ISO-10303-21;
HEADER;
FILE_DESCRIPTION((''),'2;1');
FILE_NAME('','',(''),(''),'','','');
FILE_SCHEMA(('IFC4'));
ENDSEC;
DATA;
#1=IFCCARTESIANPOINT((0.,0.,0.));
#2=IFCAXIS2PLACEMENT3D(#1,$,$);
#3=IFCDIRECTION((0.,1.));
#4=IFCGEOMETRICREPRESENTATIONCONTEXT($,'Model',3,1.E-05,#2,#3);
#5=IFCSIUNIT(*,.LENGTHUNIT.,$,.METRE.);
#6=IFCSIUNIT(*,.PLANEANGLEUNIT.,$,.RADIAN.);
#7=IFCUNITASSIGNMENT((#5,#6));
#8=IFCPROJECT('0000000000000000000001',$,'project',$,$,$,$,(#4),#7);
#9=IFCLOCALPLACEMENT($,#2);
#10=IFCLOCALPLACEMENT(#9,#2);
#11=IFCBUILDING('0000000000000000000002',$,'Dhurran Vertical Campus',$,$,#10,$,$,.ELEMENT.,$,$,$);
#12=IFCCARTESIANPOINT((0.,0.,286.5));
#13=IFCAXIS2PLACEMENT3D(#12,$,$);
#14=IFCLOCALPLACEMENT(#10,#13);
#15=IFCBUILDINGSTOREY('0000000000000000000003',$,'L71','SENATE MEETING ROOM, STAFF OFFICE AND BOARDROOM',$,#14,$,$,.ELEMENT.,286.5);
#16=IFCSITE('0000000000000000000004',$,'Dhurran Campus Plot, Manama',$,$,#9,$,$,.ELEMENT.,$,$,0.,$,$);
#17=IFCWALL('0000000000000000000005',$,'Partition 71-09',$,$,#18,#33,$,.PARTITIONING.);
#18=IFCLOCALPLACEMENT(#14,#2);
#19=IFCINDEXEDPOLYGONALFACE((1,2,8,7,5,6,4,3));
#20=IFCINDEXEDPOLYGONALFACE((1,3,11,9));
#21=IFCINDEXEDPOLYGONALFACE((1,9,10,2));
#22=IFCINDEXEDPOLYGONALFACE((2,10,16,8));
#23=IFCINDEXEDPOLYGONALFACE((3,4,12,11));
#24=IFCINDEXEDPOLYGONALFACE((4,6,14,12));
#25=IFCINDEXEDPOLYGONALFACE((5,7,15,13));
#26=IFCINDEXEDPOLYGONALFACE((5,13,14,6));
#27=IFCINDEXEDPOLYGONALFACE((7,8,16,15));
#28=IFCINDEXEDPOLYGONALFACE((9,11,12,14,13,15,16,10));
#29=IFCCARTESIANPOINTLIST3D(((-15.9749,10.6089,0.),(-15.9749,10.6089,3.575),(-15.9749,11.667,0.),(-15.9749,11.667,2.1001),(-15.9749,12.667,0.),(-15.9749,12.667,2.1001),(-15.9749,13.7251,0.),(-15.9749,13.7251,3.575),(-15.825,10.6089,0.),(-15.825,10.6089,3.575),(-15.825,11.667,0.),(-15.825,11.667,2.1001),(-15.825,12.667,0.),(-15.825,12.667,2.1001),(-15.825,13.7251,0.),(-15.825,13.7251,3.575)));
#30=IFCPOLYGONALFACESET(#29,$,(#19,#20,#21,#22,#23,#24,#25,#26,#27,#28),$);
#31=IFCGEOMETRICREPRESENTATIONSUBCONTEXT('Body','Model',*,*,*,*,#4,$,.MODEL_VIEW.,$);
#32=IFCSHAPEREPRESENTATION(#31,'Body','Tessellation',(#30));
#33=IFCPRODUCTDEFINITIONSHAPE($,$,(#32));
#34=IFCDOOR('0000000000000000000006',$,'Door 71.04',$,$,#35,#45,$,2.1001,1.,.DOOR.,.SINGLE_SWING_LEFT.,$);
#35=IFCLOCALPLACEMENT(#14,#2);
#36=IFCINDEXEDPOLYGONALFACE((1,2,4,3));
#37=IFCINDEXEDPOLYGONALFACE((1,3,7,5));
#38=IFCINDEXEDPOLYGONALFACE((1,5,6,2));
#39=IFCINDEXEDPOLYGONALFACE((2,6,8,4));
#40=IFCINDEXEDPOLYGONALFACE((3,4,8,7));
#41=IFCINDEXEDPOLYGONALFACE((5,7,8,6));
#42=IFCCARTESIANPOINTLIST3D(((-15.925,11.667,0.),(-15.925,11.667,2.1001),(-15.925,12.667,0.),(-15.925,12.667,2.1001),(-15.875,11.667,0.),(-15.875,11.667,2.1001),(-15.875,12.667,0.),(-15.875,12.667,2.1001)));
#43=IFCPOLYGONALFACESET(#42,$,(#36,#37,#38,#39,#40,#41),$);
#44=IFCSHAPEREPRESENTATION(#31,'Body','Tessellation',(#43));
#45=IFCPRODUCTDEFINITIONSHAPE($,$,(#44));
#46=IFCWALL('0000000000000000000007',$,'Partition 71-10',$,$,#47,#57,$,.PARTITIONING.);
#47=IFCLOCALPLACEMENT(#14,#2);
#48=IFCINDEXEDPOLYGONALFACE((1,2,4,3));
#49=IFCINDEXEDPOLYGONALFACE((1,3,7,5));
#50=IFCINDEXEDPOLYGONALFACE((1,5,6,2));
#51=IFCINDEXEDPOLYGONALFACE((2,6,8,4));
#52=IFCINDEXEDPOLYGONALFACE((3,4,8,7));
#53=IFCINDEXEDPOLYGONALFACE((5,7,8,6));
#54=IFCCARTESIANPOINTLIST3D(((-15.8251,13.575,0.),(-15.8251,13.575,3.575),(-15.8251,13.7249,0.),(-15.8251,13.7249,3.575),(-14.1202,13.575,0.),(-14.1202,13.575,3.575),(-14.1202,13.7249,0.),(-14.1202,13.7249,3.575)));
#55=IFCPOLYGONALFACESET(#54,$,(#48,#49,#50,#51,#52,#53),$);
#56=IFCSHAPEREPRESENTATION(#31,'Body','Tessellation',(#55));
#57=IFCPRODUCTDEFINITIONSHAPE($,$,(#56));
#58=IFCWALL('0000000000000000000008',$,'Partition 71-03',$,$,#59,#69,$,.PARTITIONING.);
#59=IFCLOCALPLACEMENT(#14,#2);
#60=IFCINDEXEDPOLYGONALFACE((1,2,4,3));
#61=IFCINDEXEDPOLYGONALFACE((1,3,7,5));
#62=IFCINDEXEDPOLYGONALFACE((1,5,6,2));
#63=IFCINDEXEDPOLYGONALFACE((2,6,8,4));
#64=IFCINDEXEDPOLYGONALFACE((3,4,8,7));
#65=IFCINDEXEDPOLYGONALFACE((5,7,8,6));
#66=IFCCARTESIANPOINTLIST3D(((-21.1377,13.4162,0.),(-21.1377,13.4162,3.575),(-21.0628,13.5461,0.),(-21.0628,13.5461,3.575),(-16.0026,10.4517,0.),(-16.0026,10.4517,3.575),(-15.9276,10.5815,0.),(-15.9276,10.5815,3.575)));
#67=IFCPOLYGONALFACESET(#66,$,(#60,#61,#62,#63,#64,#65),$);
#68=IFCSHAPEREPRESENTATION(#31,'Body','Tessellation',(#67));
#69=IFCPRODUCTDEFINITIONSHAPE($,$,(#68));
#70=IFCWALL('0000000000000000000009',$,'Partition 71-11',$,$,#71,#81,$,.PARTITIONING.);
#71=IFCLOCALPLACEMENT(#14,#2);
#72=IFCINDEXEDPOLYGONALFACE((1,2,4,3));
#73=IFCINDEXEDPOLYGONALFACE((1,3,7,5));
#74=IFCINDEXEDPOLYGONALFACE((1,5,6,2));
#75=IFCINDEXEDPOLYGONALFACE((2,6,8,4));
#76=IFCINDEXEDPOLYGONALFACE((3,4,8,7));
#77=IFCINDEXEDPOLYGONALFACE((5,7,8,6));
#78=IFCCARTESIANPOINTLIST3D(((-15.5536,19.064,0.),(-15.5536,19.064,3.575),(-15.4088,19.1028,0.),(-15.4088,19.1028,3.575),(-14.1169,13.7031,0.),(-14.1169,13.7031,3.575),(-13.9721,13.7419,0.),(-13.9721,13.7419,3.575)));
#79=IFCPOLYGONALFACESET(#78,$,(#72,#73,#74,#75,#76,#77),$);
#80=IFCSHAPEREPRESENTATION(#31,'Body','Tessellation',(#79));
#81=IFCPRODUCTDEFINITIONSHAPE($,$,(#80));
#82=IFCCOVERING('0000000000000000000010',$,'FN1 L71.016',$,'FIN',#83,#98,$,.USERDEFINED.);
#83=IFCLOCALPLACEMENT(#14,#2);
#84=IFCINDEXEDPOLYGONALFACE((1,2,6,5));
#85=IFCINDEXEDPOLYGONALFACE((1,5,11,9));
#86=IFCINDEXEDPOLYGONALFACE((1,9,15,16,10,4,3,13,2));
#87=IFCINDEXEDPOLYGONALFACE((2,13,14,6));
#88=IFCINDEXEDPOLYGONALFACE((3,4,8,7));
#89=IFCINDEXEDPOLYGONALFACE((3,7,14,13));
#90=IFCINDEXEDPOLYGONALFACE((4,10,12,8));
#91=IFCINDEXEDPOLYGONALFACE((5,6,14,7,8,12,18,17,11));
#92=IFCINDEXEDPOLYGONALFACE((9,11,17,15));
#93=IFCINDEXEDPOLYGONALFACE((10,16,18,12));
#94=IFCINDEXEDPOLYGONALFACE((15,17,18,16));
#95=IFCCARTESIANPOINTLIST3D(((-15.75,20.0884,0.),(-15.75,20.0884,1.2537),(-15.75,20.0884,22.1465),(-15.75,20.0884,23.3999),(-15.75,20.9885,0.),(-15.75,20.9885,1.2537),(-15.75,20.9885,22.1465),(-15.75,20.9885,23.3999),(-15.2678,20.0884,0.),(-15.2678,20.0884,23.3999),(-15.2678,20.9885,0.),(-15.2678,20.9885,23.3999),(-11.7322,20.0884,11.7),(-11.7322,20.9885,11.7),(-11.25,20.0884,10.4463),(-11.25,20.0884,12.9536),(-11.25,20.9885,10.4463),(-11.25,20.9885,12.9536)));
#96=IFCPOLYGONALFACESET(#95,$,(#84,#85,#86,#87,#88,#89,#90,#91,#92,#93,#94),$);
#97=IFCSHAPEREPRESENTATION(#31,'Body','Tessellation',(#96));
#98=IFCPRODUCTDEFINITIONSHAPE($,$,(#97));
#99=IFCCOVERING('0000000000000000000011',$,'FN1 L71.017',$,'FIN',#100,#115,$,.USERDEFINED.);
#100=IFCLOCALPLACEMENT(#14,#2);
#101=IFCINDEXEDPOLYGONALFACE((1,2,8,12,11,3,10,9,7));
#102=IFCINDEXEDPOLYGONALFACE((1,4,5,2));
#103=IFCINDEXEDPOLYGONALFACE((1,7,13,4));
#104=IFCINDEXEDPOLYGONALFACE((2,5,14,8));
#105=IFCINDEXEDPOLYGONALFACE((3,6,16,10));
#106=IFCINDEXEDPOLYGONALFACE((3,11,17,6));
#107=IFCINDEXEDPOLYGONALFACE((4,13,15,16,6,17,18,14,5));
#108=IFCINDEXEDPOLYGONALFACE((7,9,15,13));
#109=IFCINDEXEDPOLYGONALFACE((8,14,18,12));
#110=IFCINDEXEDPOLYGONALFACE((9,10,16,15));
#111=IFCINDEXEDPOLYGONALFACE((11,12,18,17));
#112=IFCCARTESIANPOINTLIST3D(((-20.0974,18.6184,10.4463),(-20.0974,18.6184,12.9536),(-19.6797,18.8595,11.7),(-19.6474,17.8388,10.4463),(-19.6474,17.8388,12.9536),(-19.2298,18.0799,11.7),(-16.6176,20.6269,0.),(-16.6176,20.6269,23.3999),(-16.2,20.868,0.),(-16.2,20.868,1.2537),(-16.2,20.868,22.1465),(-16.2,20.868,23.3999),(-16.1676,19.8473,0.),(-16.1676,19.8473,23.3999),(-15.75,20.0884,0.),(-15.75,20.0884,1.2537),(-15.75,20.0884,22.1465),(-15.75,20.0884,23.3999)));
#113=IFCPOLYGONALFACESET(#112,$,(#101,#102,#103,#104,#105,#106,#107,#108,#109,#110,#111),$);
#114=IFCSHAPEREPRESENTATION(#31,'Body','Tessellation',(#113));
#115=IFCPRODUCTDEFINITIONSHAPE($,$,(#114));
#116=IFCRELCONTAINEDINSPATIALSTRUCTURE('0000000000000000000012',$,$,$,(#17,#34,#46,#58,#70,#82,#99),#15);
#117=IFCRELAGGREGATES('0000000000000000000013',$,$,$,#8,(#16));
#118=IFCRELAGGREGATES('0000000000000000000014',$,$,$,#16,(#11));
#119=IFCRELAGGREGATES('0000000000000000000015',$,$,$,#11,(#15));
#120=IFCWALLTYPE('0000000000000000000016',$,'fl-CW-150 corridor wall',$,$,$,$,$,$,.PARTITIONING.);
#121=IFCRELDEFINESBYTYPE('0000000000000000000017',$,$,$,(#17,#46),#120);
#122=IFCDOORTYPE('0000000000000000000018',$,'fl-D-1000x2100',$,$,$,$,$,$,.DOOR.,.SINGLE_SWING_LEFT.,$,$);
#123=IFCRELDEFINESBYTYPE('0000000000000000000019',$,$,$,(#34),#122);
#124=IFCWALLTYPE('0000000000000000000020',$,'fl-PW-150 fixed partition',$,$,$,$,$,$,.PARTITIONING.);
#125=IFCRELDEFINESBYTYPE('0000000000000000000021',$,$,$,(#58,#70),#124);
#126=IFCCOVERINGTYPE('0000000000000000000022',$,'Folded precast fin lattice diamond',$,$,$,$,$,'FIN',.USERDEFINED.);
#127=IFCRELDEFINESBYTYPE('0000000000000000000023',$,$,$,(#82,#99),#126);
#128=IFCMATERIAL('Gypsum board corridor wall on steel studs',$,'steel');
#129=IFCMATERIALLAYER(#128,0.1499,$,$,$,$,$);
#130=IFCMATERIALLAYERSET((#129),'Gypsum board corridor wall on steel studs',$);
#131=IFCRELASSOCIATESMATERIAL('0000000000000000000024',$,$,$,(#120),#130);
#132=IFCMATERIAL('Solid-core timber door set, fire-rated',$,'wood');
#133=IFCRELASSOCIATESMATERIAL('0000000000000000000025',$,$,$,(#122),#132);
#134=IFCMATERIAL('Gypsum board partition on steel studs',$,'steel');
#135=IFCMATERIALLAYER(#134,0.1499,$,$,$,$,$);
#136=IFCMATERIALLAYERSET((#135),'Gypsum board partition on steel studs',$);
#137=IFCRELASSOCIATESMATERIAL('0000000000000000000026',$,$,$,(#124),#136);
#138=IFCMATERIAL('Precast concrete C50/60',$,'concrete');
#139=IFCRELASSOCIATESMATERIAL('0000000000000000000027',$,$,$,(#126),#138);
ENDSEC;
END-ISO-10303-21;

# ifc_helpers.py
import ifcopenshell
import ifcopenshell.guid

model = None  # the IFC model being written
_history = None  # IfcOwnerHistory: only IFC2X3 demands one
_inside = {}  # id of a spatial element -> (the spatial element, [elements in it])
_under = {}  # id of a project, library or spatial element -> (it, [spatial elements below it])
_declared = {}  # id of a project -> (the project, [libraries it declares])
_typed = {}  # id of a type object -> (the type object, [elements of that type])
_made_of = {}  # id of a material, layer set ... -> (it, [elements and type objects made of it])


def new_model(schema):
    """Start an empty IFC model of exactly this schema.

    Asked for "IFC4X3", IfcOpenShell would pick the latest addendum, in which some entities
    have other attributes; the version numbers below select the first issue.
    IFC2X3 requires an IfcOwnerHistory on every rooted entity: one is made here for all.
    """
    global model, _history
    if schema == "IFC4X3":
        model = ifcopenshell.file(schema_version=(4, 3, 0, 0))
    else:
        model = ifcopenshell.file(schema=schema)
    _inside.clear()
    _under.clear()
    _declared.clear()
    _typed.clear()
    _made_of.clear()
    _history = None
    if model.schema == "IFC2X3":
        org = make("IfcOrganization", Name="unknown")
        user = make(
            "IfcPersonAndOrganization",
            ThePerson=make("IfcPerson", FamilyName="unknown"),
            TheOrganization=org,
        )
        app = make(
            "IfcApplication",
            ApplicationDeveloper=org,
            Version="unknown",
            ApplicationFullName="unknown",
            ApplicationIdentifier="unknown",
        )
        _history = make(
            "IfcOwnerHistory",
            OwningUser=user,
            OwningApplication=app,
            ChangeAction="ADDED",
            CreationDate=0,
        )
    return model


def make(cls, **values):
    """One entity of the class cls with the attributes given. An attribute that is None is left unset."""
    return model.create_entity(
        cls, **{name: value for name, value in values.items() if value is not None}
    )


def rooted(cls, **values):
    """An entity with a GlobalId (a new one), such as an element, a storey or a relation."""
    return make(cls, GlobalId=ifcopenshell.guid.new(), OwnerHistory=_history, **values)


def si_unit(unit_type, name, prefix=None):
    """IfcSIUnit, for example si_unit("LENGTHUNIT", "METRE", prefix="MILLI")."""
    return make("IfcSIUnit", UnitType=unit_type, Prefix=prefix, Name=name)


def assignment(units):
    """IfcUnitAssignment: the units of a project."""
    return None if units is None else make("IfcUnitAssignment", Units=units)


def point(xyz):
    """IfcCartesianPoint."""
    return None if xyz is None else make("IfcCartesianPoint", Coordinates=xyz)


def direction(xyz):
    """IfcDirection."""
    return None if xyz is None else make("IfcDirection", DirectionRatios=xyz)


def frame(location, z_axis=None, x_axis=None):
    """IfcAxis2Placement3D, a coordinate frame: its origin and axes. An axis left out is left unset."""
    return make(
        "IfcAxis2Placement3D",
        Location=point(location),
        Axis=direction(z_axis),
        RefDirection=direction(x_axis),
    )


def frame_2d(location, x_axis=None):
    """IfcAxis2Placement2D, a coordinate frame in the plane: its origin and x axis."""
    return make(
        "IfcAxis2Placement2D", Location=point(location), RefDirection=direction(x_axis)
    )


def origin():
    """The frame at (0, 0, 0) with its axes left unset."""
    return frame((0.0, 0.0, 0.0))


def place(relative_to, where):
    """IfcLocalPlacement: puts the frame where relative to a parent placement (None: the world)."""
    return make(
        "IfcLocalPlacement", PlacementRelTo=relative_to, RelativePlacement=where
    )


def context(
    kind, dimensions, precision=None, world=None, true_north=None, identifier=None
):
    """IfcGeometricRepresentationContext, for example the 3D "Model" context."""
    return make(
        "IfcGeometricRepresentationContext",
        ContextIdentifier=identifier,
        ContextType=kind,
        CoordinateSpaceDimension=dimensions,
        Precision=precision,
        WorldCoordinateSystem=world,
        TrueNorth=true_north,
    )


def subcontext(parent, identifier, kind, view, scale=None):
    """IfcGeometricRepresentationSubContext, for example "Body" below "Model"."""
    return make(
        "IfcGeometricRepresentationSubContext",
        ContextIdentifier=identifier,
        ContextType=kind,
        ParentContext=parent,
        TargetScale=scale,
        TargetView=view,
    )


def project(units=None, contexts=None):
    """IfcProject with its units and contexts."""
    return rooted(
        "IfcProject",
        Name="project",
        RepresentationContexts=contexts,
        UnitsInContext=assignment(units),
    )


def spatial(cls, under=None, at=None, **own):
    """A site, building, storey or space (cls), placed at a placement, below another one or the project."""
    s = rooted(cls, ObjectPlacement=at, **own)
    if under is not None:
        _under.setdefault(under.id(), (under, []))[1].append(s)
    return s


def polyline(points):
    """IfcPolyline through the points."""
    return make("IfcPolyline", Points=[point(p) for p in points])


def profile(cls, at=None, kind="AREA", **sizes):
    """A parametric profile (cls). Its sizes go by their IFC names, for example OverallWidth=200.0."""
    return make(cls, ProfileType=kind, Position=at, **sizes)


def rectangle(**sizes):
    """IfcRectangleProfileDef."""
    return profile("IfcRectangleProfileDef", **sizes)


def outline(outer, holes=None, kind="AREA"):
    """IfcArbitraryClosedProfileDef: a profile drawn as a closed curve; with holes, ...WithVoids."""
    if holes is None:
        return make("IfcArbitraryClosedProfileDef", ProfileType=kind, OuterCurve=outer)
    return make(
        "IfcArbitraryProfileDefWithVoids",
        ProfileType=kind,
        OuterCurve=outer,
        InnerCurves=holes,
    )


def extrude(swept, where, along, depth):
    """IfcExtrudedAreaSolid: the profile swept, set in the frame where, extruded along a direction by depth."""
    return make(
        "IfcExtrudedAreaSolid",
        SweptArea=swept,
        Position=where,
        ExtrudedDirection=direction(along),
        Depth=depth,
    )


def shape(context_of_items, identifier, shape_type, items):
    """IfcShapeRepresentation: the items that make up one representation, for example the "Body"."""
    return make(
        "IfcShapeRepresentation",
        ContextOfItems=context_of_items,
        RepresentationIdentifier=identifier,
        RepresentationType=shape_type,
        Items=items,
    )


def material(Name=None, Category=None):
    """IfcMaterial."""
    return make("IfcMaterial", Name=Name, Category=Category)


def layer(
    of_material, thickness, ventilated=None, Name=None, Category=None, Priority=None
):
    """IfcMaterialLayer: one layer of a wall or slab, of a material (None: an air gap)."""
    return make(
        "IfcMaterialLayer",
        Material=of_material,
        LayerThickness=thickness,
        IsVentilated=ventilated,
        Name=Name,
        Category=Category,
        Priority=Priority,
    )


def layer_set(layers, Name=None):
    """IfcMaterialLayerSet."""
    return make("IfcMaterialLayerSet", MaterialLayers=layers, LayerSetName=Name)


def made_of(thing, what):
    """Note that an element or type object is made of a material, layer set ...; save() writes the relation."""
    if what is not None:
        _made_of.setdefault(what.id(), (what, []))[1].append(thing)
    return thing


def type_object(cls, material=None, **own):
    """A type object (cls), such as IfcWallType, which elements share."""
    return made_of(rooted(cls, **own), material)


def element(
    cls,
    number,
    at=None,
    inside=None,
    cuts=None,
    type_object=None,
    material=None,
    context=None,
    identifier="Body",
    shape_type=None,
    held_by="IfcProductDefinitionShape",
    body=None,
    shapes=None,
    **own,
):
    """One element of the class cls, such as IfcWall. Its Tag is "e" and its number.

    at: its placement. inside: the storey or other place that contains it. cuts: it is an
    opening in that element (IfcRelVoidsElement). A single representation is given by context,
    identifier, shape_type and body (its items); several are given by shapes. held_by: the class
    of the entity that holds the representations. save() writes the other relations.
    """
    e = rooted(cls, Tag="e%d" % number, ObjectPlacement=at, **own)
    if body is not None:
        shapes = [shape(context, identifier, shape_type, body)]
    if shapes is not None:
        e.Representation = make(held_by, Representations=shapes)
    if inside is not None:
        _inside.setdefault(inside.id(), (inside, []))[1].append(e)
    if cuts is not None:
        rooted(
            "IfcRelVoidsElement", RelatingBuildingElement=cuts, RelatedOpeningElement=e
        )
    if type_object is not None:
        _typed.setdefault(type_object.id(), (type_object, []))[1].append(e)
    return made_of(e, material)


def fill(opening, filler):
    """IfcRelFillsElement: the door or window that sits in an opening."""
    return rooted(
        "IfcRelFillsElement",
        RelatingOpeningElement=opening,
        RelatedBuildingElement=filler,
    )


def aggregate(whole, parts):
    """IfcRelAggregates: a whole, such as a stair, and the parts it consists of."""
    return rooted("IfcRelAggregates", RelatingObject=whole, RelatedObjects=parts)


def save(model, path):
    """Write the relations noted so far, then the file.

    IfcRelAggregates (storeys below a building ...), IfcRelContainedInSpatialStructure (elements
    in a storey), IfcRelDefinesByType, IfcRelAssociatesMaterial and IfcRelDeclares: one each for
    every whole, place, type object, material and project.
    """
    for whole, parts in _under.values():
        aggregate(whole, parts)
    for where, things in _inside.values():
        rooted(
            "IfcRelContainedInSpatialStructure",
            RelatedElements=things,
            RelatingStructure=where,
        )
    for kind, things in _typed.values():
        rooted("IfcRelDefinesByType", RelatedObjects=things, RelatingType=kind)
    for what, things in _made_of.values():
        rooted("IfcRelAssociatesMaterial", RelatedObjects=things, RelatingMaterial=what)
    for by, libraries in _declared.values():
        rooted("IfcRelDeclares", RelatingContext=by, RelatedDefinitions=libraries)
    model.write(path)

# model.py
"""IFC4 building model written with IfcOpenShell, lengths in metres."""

from ifc_helpers import new_model, si_unit, direction, frame, frame_2d, origin, place, context, subcontext, project, spatial, polyline, rectangle, outline, extrude, material, layer, layer_set, type_object, element, fill, save


model = new_model("IFC4")

# Units and contexts
model_context = context("Model", 3, precision=1e-05, world=origin(), true_north=direction((0.0, 1.0)))
body_context = subcontext(model_context, "Body", "Model", "MODEL_VIEW")
ifc_project = project(units=[si_unit("LENGTHUNIT", "METRE"), si_unit("PLANEANGLEUNIT", "RADIAN")], contexts=[model_context])

# Site, building, storey
site_placement = place(None, origin())
site = spatial("IfcSite", under=ifc_project, at=site_placement, Name="Dhurran Campus Plot, Manama", CompositionType="ELEMENT", RefElevation=0.0)
building_placement = place(site_placement, origin())
building = spatial("IfcBuilding", under=site, at=building_placement, Name="Dhurran Vertical Campus", CompositionType="ELEMENT")
storey_placement = place(building_placement, frame((0.0, 0.0, 286.5)))
storey = spatial("IfcBuildingStorey", under=building, at=storey_placement, Name="L71", Description="SENATE MEETING ROOM, STAFF OFFICE AND BOARDROOM", CompositionType="ELEMENT", Elevation=286.5)

# Wall, opening, door
ifc_material_1 = material(Name="Gypsum board corridor wall on steel studs", Category="steel")
ifc_layer_1 = layer(ifc_material_1, 0.1499)
ifc_layer_set_1 = layer_set([ifc_layer_1], Name="Gypsum board corridor wall on steel studs")
wall_type_1 = type_object("IfcWallType", Name="fl-CW-150 corridor wall", PredefinedType="PARTITIONING", material=ifc_layer_set_1)
wall_1_placement = place(storey_placement, frame((-15.8999, 13.7251, 0.0), z_axis=(0.0, 0.0, 1.0), x_axis=(0.0, -1.0, 0.0)))
wall_1 = element("IfcWall", 1, at=wall_1_placement, inside=storey, type_object=wall_type_1, Name="Partition 71-09", PredefinedType="PARTITIONING", context=body_context, shape_type="SweptSolid", body=[
    extrude(rectangle(XDim=3.1162, YDim=0.1499, at=frame_2d((1.5581, 0.0))), origin(), (0.0, 0.0, 1.0), 3.575),
])
opening_1_placement = place(wall_1_placement, frame((1.0581, 0.0, 0.0)))
opening_1 = element("IfcOpeningElement", 2, at=opening_1_placement, cuts=wall_1, PredefinedType="OPENING", context=body_context, shape_type="SweptSolid", body=[
    extrude(rectangle(XDim=1.0, YDim=2.1001, at=frame_2d((0.5, 1.05))), frame((0.0, 0.085, 0.0), z_axis=(0.0, -1.0, 0.0), x_axis=(1.0, 0.0, 0.0)), (0.0, 0.0, 1.0), 0.1699),
])
ifc_material_2 = material(Name="Solid-core timber door set, fire-rated", Category="wood")
door_type = type_object("IfcDoorType", Name="fl-D-1000x2100", OperationType="SINGLE_SWING_LEFT", PredefinedType="DOOR", material=ifc_material_2)
door_placement = place(opening_1_placement, origin())
door = element("IfcDoor", 3, at=door_placement, inside=storey, type_object=door_type, Name="Door 71.04", OperationType="SINGLE_SWING_LEFT", OverallHeight=2.1001, OverallWidth=1.0, PredefinedType="DOOR", context=body_context, shape_type="SweptSolid", body=[
    extrude(rectangle(XDim=1.0, YDim=2.1001, at=frame_2d((0.5, 1.05))), frame((0.0, 0.0249, 0.0), z_axis=(0.0, -1.0, 0.0), x_axis=(1.0, 0.0, 0.0)), (0.0, 0.0, 1.0), 0.05),
])
fill(opening_1, door)

# Walls
wall_2_placement = place(storey_placement, frame((-14.1201, 13.6499, 0.0), z_axis=(0.0, 0.0, 1.0), x_axis=(-1.0, 0.0, 0.0)))
element("IfcWall", 4, at=wall_2_placement, inside=storey, type_object=wall_type_1, Name="Partition 71-10", PredefinedType="PARTITIONING", context=body_context, shape_type="SweptSolid", body=[
    extrude(rectangle(XDim=1.7048, YDim=0.1499, at=frame_2d((0.8525, 0.0))), origin(), (0.0, 0.0, 1.0), 3.575),
])
ifc_material_3 = material(Name="Gypsum board partition on steel studs", Category="steel")
ifc_layer_2 = layer(ifc_material_3, 0.1499)
ifc_layer_set_2 = layer_set([ifc_layer_2], Name="Gypsum board partition on steel studs")
wall_type_2 = type_object("IfcWallType", Name="fl-PW-150 fixed partition", PredefinedType="PARTITIONING", material=ifc_layer_set_2)
wall_3_placement = place(storey_placement, frame((-21.1003, 13.4812, 0.0), z_axis=(0.0, 0.0, 1.0), x_axis=(0.866043, -0.49997, 0.0)))
element("IfcWall", 5, at=wall_3_placement, inside=storey, type_object=wall_type_2, Name="Partition 71-03", PredefinedType="PARTITIONING", context=body_context, shape_type="SweptSolid", body=[
    extrude(rectangle(XDim=5.9294, YDim=0.1499, at=frame_2d((2.9648, 0.0))), origin(), (0.0, 0.0, 1.0), 3.575),
])
wall_4_placement = place(storey_placement, frame((-15.4812, 19.0833, 0.0), z_axis=(0.0, 0.0, 1.0), x_axis=(0.258875, -0.965911, 0.0)))
element("IfcWall", 6, at=wall_4_placement, inside=storey, type_object=wall_type_2, Name="Partition 71-11", PredefinedType="PARTITIONING", context=body_context, shape_type="SweptSolid", body=[
    extrude(rectangle(XDim=5.55, YDim=0.1499, at=frame_2d((2.7749, 0.0))), origin(), (0.0, 0.0, 1.0), 3.575),
])

# Coverings
ifc_material_4 = material(Name="Precast concrete C50/60", Category="concrete")
covering_type = type_object("IfcCoveringType", Name="Folded precast fin lattice diamond", ElementType="FIN", PredefinedType="USERDEFINED", material=ifc_material_4)
covering_1_placement = place(storey_placement, frame((-11.25, 20.0884, 0.0), z_axis=(0.0, 1.0, 0.0), x_axis=(-1.0, 0.0, 0.0)))
element("IfcCovering", 7, at=covering_1_placement, inside=storey, type_object=covering_type, Name="FN1 L71.016", ObjectType="FIN", PredefinedType="USERDEFINED", context=body_context, shape_type="SweptSolid", body=[
    extrude(outline(polyline([(4.0178, 0.0), (0.0, 10.4463), (0.0, 12.9536), (4.0178, 23.3999), (4.5, 23.3999), (4.5, 22.1465), (0.4822, 11.7), (4.5, 1.2537), (4.5, 0.0), (4.0178, 0.0)])), origin(), (0.0, 0.0, 1.0), 0.9001),
])
covering_2_placement = place(storey_placement, frame((-15.75, 20.0884, 0.0), z_axis=(-0.499902, 0.866082, 0.0), x_axis=(-0.866082, -0.499902, 0.0)))
element("IfcCovering", 8, at=covering_2_placement, inside=storey, type_object=covering_type, Name="FN1 L71.017", ObjectType="FIN", PredefinedType="USERDEFINED", context=body_context, shape_type="SweptSolid", body=[
    extrude(outline(polyline([(4.5, 10.4463), (0.4822, 0.0), (0.0, 0.0), (0.0, 1.2537), (4.0178, 11.7), (0.0, 22.1465), (0.0, 23.3999), (0.4822, 23.3999), (4.5, 12.9536), (4.5, 10.4463)])), origin(), (0.0, 0.0, 1.0), 0.9001),
])

save(model, "model.ifc")
